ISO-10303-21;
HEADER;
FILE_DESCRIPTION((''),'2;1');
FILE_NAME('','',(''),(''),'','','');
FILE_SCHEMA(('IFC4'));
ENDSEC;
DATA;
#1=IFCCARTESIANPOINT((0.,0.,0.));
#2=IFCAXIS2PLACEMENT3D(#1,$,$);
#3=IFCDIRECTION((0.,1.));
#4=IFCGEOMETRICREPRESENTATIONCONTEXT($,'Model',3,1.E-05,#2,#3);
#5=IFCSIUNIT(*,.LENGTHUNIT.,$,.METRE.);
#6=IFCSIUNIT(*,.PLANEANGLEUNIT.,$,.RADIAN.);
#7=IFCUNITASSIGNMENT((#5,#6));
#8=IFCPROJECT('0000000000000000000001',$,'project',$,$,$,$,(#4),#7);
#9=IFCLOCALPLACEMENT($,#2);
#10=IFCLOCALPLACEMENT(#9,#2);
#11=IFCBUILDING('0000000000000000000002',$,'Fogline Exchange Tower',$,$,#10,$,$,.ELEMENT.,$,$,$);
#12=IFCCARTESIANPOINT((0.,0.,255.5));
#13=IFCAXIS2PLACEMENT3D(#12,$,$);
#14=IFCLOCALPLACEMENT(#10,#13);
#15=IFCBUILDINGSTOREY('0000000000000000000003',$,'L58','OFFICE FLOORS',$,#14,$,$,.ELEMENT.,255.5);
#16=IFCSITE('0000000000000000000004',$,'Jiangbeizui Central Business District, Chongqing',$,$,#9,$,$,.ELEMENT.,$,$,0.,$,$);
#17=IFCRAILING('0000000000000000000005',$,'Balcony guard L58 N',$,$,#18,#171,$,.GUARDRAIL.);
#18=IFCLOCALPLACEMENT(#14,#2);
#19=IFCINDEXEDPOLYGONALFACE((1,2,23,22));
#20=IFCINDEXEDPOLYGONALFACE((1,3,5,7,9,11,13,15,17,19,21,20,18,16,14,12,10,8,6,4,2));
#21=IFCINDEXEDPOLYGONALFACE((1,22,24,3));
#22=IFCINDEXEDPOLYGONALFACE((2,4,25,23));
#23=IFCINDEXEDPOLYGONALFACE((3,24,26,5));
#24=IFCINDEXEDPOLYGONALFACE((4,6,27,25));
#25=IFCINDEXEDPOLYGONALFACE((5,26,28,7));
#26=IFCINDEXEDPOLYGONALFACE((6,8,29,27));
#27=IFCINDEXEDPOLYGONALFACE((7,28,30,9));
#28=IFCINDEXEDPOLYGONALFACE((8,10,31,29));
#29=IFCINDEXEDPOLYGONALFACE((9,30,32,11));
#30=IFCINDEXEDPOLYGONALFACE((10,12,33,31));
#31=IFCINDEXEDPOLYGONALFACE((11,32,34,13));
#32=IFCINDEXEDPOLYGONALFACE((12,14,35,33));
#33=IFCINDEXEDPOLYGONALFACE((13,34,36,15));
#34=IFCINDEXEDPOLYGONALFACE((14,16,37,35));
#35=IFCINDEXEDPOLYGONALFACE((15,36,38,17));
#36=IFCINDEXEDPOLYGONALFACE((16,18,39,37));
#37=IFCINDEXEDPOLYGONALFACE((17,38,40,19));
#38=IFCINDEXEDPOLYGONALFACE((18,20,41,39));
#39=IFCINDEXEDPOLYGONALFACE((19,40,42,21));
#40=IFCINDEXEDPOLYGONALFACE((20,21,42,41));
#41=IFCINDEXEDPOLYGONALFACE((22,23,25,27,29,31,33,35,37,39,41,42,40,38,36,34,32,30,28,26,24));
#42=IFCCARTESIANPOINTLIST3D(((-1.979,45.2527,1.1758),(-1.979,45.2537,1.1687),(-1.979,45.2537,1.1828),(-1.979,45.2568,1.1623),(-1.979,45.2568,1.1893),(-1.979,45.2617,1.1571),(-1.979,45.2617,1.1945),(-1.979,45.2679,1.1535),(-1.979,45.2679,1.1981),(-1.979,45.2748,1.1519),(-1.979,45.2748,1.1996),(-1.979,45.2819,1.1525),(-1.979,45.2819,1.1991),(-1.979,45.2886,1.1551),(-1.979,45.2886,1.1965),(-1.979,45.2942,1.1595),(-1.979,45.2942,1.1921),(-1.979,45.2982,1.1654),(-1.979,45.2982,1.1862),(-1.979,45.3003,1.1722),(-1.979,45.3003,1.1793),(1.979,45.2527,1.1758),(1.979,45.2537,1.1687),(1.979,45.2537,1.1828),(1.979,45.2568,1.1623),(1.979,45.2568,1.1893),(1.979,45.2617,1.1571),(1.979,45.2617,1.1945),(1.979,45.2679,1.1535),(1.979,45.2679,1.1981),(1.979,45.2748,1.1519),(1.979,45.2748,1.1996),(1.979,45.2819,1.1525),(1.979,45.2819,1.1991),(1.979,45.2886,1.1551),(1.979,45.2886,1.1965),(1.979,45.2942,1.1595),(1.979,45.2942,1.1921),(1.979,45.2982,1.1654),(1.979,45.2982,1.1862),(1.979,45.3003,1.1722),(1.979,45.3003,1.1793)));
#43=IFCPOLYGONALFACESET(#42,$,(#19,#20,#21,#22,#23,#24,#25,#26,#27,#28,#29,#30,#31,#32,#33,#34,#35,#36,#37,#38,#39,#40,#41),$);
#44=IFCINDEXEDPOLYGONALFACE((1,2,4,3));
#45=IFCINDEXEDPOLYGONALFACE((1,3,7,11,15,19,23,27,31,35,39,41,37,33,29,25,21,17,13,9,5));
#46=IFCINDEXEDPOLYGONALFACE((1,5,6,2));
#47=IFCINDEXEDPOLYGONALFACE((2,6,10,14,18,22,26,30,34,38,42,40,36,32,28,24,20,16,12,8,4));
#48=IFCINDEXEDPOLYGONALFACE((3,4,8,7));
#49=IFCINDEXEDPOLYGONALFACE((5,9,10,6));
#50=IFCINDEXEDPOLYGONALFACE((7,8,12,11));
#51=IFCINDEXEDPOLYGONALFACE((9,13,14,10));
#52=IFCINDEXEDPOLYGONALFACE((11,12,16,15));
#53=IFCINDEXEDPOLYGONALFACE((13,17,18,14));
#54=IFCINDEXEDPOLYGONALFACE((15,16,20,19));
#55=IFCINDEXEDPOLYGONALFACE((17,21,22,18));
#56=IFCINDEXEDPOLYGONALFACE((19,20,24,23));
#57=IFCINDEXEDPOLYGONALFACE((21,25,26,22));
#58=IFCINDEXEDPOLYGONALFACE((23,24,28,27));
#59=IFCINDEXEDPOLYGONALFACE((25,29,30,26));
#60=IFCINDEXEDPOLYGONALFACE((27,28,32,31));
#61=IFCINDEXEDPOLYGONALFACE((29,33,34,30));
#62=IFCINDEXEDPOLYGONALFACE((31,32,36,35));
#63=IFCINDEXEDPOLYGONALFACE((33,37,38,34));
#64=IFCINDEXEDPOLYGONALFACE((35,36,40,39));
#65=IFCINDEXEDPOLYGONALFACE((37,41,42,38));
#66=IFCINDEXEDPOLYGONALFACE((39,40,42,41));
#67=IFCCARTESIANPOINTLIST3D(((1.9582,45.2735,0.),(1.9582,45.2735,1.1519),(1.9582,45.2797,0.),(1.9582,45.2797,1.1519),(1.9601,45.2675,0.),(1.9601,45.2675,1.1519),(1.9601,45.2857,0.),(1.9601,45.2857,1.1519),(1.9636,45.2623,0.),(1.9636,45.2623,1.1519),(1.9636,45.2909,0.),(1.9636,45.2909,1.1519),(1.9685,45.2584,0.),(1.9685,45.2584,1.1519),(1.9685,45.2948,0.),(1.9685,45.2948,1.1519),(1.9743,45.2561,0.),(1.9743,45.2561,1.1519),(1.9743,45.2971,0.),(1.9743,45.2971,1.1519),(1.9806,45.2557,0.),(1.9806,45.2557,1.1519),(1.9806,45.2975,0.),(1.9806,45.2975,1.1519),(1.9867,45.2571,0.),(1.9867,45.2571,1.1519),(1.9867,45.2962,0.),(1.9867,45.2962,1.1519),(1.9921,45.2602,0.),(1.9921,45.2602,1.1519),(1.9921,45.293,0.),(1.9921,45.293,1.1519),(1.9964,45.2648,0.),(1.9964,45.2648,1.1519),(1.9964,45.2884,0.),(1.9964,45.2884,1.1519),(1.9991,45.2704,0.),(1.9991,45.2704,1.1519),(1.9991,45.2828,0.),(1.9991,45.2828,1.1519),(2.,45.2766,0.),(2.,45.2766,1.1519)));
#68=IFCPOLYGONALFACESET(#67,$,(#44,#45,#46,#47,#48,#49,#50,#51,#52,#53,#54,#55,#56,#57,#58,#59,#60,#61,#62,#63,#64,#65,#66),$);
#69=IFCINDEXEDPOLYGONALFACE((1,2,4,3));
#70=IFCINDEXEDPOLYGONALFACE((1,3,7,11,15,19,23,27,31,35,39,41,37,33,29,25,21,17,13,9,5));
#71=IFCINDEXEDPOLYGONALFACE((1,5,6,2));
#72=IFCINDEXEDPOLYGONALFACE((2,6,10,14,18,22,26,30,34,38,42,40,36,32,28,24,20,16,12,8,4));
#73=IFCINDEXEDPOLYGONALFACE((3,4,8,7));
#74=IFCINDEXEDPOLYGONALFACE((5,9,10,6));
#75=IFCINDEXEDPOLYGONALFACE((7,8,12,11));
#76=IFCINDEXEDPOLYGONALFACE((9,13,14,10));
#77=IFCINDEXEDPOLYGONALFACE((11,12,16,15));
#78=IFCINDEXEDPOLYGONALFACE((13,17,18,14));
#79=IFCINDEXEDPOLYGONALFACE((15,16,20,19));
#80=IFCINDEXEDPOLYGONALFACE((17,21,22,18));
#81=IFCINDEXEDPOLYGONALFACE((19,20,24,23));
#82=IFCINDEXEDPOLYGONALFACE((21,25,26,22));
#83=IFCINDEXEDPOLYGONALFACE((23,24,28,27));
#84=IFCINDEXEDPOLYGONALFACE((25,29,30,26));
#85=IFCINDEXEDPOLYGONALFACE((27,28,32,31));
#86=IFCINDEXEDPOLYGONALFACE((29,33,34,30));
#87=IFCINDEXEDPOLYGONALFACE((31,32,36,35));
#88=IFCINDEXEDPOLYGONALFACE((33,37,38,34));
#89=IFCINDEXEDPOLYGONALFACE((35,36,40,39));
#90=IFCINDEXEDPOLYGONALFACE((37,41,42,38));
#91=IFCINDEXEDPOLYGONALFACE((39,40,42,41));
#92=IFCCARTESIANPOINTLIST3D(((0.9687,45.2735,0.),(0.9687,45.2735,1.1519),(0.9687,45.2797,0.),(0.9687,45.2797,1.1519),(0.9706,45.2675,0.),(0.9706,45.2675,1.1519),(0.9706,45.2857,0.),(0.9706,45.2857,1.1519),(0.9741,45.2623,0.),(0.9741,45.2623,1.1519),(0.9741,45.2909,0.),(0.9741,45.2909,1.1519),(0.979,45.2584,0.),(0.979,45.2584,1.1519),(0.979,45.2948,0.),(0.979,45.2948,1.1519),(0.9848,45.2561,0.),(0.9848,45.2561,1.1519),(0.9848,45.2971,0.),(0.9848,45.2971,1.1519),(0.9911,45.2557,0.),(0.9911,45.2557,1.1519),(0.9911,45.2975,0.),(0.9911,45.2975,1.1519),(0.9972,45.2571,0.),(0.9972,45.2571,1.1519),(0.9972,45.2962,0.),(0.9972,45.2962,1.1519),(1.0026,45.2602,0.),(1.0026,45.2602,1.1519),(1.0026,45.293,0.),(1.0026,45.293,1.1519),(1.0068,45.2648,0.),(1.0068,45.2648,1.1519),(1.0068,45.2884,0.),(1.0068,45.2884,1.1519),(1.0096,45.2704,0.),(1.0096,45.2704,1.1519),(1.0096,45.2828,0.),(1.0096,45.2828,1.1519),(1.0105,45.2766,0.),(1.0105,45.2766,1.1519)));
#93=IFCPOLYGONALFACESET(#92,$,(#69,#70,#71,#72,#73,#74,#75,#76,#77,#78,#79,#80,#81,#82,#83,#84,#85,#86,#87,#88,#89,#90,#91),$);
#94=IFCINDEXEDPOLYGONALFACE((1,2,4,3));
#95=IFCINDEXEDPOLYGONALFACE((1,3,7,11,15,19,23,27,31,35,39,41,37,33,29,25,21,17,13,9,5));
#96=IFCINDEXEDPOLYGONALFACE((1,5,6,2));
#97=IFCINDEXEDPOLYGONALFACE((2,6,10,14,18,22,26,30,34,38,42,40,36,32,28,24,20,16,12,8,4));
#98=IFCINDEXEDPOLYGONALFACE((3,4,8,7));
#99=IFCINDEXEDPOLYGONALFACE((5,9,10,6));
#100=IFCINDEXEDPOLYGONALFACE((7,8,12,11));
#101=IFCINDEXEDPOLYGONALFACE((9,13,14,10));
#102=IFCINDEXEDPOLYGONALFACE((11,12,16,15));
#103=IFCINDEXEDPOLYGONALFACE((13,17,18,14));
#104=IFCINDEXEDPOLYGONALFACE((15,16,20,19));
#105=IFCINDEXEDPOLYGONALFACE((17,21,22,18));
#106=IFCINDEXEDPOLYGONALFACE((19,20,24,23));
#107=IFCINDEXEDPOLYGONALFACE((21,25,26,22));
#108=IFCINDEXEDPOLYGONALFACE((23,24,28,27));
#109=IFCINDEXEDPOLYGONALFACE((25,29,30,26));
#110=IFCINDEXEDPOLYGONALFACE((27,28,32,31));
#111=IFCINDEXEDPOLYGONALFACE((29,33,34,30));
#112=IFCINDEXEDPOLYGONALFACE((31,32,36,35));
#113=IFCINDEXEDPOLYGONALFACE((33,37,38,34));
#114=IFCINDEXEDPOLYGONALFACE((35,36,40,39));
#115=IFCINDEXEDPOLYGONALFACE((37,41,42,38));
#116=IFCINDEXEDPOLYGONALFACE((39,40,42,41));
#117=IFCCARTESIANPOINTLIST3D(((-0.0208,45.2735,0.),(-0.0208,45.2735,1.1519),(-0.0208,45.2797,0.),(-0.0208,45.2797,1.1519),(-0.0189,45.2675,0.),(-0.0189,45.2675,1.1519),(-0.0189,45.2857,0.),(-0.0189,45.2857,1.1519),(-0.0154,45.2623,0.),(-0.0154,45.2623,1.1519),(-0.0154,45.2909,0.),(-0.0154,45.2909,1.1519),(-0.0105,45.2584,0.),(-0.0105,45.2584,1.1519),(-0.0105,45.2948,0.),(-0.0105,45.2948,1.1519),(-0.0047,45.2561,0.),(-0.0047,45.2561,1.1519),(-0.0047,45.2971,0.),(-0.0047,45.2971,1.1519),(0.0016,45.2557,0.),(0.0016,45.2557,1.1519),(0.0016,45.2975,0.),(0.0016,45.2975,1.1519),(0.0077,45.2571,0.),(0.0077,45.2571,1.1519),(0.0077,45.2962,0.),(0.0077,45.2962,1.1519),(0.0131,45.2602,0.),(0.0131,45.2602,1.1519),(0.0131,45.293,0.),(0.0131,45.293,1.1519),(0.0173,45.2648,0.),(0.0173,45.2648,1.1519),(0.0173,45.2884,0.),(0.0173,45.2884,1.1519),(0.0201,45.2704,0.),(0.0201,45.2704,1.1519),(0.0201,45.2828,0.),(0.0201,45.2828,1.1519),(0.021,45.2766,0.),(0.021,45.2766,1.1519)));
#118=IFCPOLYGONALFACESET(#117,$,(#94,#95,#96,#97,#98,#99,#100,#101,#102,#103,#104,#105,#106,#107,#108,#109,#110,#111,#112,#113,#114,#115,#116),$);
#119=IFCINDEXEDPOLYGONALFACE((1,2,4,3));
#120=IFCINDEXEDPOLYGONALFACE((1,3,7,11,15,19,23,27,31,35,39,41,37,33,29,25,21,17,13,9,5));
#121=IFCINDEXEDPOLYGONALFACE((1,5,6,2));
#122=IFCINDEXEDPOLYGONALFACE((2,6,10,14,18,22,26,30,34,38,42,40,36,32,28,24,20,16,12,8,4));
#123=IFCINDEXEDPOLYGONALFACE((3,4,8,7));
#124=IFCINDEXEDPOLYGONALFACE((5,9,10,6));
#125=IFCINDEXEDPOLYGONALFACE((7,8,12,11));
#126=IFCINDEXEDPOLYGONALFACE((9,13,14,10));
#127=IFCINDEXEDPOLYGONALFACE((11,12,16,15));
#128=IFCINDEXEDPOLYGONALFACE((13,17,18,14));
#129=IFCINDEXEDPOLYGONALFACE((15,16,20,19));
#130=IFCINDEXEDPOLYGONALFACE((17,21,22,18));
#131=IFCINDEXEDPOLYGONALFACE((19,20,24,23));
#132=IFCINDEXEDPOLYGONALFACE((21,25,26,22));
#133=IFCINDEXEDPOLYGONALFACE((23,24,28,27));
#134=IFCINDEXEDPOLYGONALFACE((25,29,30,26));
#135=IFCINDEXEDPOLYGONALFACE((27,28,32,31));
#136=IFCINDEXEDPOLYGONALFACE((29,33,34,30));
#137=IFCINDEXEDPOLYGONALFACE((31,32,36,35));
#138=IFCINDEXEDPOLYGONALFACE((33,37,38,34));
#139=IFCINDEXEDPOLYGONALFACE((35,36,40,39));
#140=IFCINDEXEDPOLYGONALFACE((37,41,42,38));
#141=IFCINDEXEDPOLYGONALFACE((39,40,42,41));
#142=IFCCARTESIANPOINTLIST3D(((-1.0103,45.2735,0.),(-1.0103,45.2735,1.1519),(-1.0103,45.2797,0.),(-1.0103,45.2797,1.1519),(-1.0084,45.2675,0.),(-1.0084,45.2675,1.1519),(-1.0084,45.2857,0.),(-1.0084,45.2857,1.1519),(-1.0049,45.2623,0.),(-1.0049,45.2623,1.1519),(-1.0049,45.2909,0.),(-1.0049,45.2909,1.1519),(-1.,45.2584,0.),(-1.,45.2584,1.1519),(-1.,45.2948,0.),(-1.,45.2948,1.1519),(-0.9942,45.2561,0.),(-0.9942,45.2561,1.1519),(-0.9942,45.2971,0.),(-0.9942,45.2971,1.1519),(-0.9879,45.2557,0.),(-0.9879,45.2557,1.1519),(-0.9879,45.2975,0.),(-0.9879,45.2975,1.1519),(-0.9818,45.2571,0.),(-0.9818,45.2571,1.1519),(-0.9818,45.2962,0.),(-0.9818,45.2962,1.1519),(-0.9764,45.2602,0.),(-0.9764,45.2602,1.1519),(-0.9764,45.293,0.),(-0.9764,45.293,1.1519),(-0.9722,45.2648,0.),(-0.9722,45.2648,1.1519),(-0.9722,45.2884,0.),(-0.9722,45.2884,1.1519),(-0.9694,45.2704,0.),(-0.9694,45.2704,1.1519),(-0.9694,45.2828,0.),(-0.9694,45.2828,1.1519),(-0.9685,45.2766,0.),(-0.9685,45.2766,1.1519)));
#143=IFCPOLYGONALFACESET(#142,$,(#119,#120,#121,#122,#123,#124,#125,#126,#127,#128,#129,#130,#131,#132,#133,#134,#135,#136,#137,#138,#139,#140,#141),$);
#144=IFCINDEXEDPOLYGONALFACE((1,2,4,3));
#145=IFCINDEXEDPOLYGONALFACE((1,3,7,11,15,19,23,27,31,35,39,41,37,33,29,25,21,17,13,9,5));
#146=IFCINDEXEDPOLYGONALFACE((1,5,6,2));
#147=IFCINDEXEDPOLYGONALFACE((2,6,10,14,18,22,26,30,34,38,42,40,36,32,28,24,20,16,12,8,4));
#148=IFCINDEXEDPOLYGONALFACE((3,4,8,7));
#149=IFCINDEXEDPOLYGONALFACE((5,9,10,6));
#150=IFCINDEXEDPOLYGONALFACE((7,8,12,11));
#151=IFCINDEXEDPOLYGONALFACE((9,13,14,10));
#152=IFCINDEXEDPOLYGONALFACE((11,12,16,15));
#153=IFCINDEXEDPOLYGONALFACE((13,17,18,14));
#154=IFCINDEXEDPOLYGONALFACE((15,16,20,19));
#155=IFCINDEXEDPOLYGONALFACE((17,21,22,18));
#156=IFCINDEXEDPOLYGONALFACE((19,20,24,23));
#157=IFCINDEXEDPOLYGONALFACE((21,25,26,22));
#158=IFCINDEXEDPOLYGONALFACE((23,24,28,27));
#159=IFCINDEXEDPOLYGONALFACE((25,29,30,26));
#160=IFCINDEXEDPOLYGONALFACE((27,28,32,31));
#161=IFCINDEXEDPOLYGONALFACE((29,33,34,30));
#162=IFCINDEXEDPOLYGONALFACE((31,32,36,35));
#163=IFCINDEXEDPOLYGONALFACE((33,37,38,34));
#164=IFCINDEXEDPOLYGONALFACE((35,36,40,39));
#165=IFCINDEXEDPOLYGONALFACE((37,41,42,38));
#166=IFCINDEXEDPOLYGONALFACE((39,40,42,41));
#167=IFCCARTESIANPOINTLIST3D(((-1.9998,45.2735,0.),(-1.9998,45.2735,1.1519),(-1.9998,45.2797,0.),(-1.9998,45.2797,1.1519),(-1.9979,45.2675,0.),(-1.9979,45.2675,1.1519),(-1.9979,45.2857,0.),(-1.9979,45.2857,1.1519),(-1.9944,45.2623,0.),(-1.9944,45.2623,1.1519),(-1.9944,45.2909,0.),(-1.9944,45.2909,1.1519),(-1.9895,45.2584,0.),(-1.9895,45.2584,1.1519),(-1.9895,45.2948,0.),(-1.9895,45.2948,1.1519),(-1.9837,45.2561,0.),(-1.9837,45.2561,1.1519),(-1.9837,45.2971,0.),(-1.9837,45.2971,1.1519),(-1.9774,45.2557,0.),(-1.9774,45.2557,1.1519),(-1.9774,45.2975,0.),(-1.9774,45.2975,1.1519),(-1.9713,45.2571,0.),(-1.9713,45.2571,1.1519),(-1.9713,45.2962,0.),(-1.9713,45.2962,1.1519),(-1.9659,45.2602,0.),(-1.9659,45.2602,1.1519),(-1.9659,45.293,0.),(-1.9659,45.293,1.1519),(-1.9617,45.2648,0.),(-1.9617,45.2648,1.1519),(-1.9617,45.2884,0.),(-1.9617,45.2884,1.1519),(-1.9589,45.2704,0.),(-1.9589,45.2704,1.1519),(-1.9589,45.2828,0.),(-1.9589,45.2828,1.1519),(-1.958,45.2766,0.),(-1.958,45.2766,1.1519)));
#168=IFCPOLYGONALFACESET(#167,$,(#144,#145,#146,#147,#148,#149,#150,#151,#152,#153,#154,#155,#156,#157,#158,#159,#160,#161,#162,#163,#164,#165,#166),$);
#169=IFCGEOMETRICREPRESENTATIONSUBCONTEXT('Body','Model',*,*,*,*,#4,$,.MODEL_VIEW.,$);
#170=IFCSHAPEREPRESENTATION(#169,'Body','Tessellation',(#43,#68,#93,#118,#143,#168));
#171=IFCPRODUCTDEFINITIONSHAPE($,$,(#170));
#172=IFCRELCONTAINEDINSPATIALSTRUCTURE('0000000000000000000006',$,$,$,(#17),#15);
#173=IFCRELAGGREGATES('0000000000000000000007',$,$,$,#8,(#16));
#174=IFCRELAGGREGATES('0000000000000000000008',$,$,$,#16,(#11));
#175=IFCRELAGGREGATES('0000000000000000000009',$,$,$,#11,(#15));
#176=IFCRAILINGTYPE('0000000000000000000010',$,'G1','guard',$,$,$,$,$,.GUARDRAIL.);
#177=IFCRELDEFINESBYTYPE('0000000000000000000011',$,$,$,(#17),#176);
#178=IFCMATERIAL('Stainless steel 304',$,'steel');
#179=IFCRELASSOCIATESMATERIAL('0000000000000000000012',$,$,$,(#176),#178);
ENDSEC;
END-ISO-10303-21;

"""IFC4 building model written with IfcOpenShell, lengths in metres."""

from ifc_helpers import new_model, si_unit, direction, frame, origin, origin_2d, place, context, subcontext, project, spatial, circle, extrude, material, type_object, element, save


model = new_model("IFC4")

# Units and contexts
model_context = context("Model", 3, precision=1e-05, world=origin(), true_north=direction((0.0, 1.0)))
body_context = subcontext(model_context, "Body", "Model", "MODEL_VIEW")
ifc_project = project(units=[si_unit("LENGTHUNIT", "METRE"), si_unit("PLANEANGLEUNIT", "RADIAN")], contexts=[model_context])

# Site, building, storey
site_placement = place(None, origin())
site = spatial("IfcSite", under=ifc_project, at=site_placement, Name="Jiangbeizui Central Business District, Chongqing", CompositionType="ELEMENT", RefElevation=0.0)
building_placement = place(site_placement, origin())
building = spatial("IfcBuilding", under=site, at=building_placement, Name="Fogline Exchange Tower", CompositionType="ELEMENT")
storey_placement = place(building_placement, frame((0.0, 0.0, 255.5)))
storey = spatial("IfcBuildingStorey", under=building, at=storey_placement, Name="L58", Description="OFFICE FLOORS", CompositionType="ELEMENT", Elevation=255.5)

# Railing
ifc_material_1 = material(Name="Stainless steel 304", Category="steel")
railing_type = type_object("IfcRailingType", Name="G1", Description="guard", PredefinedType="GUARDRAIL", material=ifc_material_1)
railing_placement = place(storey_placement, frame((1.979, 45.2766, 0.0)))
element("IfcRailing", 1, at=railing_placement, inside=storey, type_object=railing_type, Name="Balcony guard L58 N", PredefinedType="GUARDRAIL", context=body_context, shape_type="SweptSolid", body=[
    extrude(circle(Radius=0.0239, at=origin_2d()), frame((0.0, 0.0, 1.1758), z_axis=(-1.0, 0.0, 0.0), x_axis=(0.0, -1.0, 0.0)), (0.0, 0.0, 1.0), 3.958),
    extrude(circle(Radius=0.021, at=origin_2d()), origin(), (0.0, 0.0, 1.0), 1.1519),
    extrude(circle(Radius=0.021, at=origin_2d()), frame((-0.9895, 0.0, 0.0)), (0.0, 0.0, 1.0), 1.1519),
    extrude(circle(Radius=0.021, at=origin_2d()), frame((-1.979, 0.0, 0.0)), (0.0, 0.0, 1.0), 1.1519),
    extrude(circle(Radius=0.021, at=origin_2d()), frame((-2.9685, 0.0, 0.0)), (0.0, 0.0, 1.0), 1.1519),
    extrude(circle(Radius=0.021, at=origin_2d()), frame((-3.958, 0.0, 0.0)), (0.0, 0.0, 1.0), 1.1519),
])

save(model, "model.ifc")
